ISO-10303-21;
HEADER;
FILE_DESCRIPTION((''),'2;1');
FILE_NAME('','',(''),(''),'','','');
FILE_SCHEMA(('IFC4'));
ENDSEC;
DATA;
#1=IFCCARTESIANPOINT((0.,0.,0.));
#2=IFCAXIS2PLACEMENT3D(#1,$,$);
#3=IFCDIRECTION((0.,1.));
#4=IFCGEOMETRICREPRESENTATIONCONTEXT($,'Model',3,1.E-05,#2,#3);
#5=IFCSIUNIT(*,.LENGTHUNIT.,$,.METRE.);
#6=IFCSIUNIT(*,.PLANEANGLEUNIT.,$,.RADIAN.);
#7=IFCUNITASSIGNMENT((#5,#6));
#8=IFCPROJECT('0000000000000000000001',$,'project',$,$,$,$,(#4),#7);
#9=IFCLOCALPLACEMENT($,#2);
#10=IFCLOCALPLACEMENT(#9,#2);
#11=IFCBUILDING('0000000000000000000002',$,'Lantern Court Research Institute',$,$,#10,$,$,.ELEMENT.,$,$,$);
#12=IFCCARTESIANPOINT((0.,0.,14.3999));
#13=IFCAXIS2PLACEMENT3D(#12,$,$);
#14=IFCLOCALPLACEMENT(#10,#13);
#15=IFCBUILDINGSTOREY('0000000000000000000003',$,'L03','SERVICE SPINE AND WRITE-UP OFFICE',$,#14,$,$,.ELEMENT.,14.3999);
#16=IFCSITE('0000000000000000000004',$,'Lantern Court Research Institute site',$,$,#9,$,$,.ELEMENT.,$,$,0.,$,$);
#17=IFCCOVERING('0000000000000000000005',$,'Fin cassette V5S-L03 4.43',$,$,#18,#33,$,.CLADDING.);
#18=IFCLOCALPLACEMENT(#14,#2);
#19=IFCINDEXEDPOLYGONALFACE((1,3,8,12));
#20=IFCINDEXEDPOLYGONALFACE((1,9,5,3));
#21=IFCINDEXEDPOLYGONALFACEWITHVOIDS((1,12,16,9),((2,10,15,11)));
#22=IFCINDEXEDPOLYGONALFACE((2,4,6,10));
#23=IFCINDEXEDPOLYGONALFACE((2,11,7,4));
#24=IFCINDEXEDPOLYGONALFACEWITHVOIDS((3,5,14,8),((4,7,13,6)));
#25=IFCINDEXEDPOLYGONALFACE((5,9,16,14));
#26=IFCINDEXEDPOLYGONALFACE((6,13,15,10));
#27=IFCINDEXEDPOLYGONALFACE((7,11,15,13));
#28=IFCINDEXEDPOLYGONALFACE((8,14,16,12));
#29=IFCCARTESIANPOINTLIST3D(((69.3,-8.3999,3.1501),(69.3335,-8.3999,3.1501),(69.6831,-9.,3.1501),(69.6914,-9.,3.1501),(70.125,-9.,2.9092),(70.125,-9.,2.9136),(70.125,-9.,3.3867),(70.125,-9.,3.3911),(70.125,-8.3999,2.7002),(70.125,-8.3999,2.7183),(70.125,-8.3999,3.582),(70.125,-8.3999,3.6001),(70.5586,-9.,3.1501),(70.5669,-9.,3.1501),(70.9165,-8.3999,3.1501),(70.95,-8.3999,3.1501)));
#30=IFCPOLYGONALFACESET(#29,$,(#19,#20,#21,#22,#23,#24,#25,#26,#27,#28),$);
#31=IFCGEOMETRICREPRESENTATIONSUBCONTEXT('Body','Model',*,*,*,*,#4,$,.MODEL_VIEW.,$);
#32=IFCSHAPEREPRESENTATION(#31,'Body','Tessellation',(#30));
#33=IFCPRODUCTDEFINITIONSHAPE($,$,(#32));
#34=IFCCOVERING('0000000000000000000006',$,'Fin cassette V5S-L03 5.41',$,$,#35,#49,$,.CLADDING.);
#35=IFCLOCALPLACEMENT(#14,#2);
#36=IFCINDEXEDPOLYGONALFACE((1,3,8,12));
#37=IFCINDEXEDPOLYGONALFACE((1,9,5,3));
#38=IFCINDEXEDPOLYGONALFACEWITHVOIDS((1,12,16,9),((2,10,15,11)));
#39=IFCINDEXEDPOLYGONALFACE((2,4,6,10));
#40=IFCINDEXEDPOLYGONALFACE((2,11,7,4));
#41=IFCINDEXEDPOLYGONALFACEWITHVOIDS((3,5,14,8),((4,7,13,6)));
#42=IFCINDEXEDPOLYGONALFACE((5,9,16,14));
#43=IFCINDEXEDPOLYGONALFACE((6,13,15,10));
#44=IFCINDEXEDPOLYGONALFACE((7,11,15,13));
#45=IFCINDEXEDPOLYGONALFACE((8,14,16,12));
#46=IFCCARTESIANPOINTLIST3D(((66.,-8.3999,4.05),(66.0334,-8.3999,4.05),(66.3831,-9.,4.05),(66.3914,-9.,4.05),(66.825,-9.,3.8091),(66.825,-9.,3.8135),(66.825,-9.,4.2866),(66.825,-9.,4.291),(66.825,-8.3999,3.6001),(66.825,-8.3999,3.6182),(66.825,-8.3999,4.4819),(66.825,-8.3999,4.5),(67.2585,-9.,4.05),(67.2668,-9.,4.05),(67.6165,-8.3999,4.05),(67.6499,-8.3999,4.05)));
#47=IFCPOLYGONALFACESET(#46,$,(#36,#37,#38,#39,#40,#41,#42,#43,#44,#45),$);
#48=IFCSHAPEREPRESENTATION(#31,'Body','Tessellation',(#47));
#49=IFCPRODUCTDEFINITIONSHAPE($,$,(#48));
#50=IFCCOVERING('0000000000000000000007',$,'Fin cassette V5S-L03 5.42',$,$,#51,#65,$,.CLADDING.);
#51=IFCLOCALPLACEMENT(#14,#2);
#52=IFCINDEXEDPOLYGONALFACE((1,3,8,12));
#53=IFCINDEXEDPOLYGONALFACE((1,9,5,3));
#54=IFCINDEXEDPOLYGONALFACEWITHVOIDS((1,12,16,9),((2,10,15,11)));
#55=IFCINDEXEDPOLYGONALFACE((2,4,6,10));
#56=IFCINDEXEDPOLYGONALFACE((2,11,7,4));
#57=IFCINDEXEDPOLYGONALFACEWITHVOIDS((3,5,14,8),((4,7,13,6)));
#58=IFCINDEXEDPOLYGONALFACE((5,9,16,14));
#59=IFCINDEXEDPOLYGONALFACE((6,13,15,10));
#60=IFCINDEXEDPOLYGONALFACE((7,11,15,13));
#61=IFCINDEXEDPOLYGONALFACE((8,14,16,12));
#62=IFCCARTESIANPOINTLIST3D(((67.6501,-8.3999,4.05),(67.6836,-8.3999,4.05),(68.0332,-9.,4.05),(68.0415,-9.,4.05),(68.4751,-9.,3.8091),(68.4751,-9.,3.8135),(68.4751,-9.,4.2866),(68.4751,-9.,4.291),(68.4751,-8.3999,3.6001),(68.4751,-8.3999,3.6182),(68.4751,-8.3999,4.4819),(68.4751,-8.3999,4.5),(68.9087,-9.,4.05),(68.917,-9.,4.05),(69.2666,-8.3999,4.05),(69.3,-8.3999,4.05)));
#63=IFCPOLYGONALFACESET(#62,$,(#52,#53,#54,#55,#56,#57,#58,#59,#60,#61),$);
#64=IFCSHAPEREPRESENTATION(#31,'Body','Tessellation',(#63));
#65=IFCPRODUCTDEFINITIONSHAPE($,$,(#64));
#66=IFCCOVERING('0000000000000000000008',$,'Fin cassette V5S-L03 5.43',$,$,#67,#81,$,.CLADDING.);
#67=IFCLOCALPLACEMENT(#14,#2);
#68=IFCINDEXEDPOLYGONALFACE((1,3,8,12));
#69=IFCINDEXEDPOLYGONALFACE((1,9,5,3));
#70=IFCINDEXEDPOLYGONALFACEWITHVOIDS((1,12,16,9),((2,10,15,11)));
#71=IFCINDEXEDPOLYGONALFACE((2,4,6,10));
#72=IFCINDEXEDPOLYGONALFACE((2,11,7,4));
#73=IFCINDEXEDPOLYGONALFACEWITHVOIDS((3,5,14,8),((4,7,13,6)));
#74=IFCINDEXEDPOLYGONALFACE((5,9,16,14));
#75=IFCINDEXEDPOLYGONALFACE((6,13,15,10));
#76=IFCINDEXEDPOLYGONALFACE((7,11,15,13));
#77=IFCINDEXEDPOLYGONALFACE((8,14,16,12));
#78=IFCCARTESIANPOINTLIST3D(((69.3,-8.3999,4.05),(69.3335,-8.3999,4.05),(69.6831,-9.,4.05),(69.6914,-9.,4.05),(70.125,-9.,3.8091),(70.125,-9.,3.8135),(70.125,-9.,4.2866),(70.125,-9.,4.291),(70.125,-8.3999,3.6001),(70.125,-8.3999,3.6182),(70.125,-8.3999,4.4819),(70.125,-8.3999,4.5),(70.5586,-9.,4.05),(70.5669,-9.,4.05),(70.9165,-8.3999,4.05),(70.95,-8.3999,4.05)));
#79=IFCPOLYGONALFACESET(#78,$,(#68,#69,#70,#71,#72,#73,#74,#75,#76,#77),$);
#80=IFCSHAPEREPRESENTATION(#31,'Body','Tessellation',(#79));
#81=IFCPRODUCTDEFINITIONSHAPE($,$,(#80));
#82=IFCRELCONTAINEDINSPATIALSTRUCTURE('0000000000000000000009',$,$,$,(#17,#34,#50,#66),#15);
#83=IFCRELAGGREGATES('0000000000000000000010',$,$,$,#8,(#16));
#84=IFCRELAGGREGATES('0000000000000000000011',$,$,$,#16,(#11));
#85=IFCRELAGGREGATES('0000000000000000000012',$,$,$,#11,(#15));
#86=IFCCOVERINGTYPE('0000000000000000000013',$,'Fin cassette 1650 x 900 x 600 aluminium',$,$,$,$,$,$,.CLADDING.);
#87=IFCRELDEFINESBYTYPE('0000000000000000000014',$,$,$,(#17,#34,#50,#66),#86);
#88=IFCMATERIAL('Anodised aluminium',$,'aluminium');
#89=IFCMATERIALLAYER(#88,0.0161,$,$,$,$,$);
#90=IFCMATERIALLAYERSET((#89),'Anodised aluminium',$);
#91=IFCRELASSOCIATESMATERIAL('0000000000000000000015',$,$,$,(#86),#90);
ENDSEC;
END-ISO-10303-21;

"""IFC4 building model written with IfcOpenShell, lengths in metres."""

from ifc_helpers import new_model, entity, si_unit, direction, frame, origin, place, context, subcontext, project, spatial, material, layer, layer_set, type_object, element, save


model = new_model("IFC4")

# Units and contexts
model_context = context("Model", 3, precision=1e-05, world=origin(), true_north=direction((0.0, 1.0)))
body_context = subcontext(model_context, "Body", "Model", "MODEL_VIEW")
ifc_project = project(units=[si_unit("LENGTHUNIT", "METRE"), si_unit("PLANEANGLEUNIT", "RADIAN")], contexts=[model_context])

# Site, building, storey
site_placement = place(None, origin())
site = spatial("IfcSite", under=ifc_project, at=site_placement, Name="Lantern Court Research Institute site", CompositionType="ELEMENT", RefElevation=0.0)
building_placement = place(site_placement, origin())
building = spatial("IfcBuilding", under=site, at=building_placement, Name="Lantern Court Research Institute", CompositionType="ELEMENT")
storey_placement = place(building_placement, frame((0.0, 0.0, 14.3999)))
storey = spatial("IfcBuildingStorey", under=building, at=storey_placement, Name="L03", Description="SERVICE SPINE AND WRITE-UP OFFICE", CompositionType="ELEMENT", Elevation=14.3999)

# Coverings
ifc_material_1 = material(Name="Anodised aluminium", Category="aluminium")
ifc_layer_1 = layer(ifc_material_1, 0.0161)
ifc_layer_set_1 = layer_set([ifc_layer_1], Name="Anodised aluminium")
covering_type = type_object("IfcCoveringType", Name="Fin cassette 1650 x 900 x 600 aluminium", PredefinedType="CLADDING", material=ifc_layer_set_1)
covering_1_placement = place(storey_placement, frame((70.125, -8.3999, 3.1501), z_axis=(0.0, -1.0, 0.0), x_axis=(1.0, 0.0, 0.0)))
cartesian_point_1 = entity("IfcCartesianPoint", [0.825, 0.0])
cartesian_point_2 = entity("IfcCartesianPoint", [0.7915, 0.0])
cartesian_point_3 = entity("IfcCartesianPoint", [0.4419, 0.0])
cartesian_point_4 = entity("IfcCartesianPoint", [0.4336, 0.0])
element("IfcCovering", 1, at=covering_1_placement, inside=storey, type_object=covering_type, Name="Fin cassette V5S-L03 4.43", PredefinedType="CLADDING", context=body_context, shape_type="SweptSolid", body=[
    entity("IfcExtrudedAreaSolidTapered", entity("IfcArbitraryProfileDefWithVoids", "AREA", None, entity("IfcPolyline", [cartesian_point_1, entity("IfcCartesianPoint", [0.0, 0.45]), entity("IfcCartesianPoint", [-0.825, 0.0]), entity("IfcCartesianPoint", [0.0, -0.45]), cartesian_point_1]), [entity("IfcPolyline", [cartesian_point_2, entity("IfcCartesianPoint", [0.0, 0.4319]), entity("IfcCartesianPoint", [-0.7915, 0.0]), entity("IfcCartesianPoint", [0.0, -0.4319]), cartesian_point_2])]), entity("IfcAxis2Placement3D", entity("IfcCartesianPoint", [0.0, 0.0, 0.0])), entity("IfcDirection", [0.0, 0.0, 1.0]), 0.6001, entity("IfcArbitraryProfileDefWithVoids", "AREA", None, entity("IfcPolyline", [cartesian_point_3, entity("IfcCartesianPoint", [0.0, 0.241]), entity("IfcCartesianPoint", [-0.4419, 0.0]), entity("IfcCartesianPoint", [0.0, -0.241]), cartesian_point_3]), [entity("IfcPolyline", [cartesian_point_4, entity("IfcCartesianPoint", [0.0, 0.2366]), entity("IfcCartesianPoint", [-0.4336, 0.0]), entity("IfcCartesianPoint", [0.0, -0.2366]), cartesian_point_4])])),
])
covering_2_placement = place(storey_placement, frame((66.825, -8.3999, 4.05), z_axis=(0.0, -1.0, 0.0), x_axis=(1.0, 0.0, 0.0)))
cartesian_point_5 = entity("IfcCartesianPoint", [0.825, 0.0])
cartesian_point_6 = entity("IfcCartesianPoint", [0.7915, 0.0])
cartesian_point_7 = entity("IfcCartesianPoint", [0.4419, 0.0])
cartesian_point_8 = entity("IfcCartesianPoint", [0.4336, 0.0])
element("IfcCovering", 2, at=covering_2_placement, inside=storey, type_object=covering_type, Name="Fin cassette V5S-L03 5.41", PredefinedType="CLADDING", context=body_context, shape_type="SweptSolid", body=[
    entity("IfcExtrudedAreaSolidTapered", entity("IfcArbitraryProfileDefWithVoids", "AREA", None, entity("IfcPolyline", [cartesian_point_5, entity("IfcCartesianPoint", [0.0, 0.45]), entity("IfcCartesianPoint", [-0.825, 0.0]), entity("IfcCartesianPoint", [0.0, -0.45]), cartesian_point_5]), [entity("IfcPolyline", [cartesian_point_6, entity("IfcCartesianPoint", [0.0, 0.4319]), entity("IfcCartesianPoint", [-0.7915, 0.0]), entity("IfcCartesianPoint", [0.0, -0.4319]), cartesian_point_6])]), entity("IfcAxis2Placement3D", entity("IfcCartesianPoint", [0.0, 0.0, 0.0])), entity("IfcDirection", [0.0, 0.0, 1.0]), 0.6001, entity("IfcArbitraryProfileDefWithVoids", "AREA", None, entity("IfcPolyline", [cartesian_point_7, entity("IfcCartesianPoint", [0.0, 0.241]), entity("IfcCartesianPoint", [-0.4419, 0.0]), entity("IfcCartesianPoint", [0.0, -0.241]), cartesian_point_7]), [entity("IfcPolyline", [cartesian_point_8, entity("IfcCartesianPoint", [0.0, 0.2366]), entity("IfcCartesianPoint", [-0.4336, 0.0]), entity("IfcCartesianPoint", [0.0, -0.2366]), cartesian_point_8])])),
])
covering_3_placement = place(storey_placement, frame((68.4751, -8.3999, 4.05), z_axis=(0.0, -1.0, 0.0), x_axis=(1.0, 0.0, 0.0)))
cartesian_point_9 = entity("IfcCartesianPoint", [0.825, 0.0])
cartesian_point_10 = entity("IfcCartesianPoint", [0.7915, 0.0])
cartesian_point_11 = entity("IfcCartesianPoint", [0.4419, 0.0])
cartesian_point_12 = entity("IfcCartesianPoint", [0.4336, 0.0])
element("IfcCovering", 3, at=covering_3_placement, inside=storey, type_object=covering_type, Name="Fin cassette V5S-L03 5.42", PredefinedType="CLADDING", context=body_context, shape_type="SweptSolid", body=[
    entity("IfcExtrudedAreaSolidTapered", entity("IfcArbitraryProfileDefWithVoids", "AREA", None, entity("IfcPolyline", [cartesian_point_9, entity("IfcCartesianPoint", [0.0, 0.45]), entity("IfcCartesianPoint", [-0.825, 0.0]), entity("IfcCartesianPoint", [0.0, -0.45]), cartesian_point_9]), [entity("IfcPolyline", [cartesian_point_10, entity("IfcCartesianPoint", [0.0, 0.4319]), entity("IfcCartesianPoint", [-0.7915, 0.0]), entity("IfcCartesianPoint", [0.0, -0.4319]), cartesian_point_10])]), entity("IfcAxis2Placement3D", entity("IfcCartesianPoint", [0.0, 0.0, 0.0])), entity("IfcDirection", [0.0, 0.0, 1.0]), 0.6001, entity("IfcArbitraryProfileDefWithVoids", "AREA", None, entity("IfcPolyline", [cartesian_point_11, entity("IfcCartesianPoint", [0.0, 0.241]), entity("IfcCartesianPoint", [-0.4419, 0.0]), entity("IfcCartesianPoint", [0.0, -0.241]), cartesian_point_11]), [entity("IfcPolyline", [cartesian_point_12, entity("IfcCartesianPoint", [0.0, 0.2366]), entity("IfcCartesianPoint", [-0.4336, 0.0]), entity("IfcCartesianPoint", [0.0, -0.2366]), cartesian_point_12])])),
])
covering_4_placement = place(storey_placement, frame((70.125, -8.3999, 4.05), z_axis=(0.0, -1.0, 0.0), x_axis=(1.0, 0.0, 0.0)))
cartesian_point_13 = entity("IfcCartesianPoint", [0.825, 0.0])
cartesian_point_14 = entity("IfcCartesianPoint", [0.7915, 0.0])
cartesian_point_15 = entity("IfcCartesianPoint", [0.4419, 0.0])
cartesian_point_16 = entity("IfcCartesianPoint", [0.4336, 0.0])
element("IfcCovering", 4, at=covering_4_placement, inside=storey, type_object=covering_type, Name="Fin cassette V5S-L03 5.43", PredefinedType="CLADDING", context=body_context, shape_type="SweptSolid", body=[
    entity("IfcExtrudedAreaSolidTapered", entity("IfcArbitraryProfileDefWithVoids", "AREA", None, entity("IfcPolyline", [cartesian_point_13, entity("IfcCartesianPoint", [0.0, 0.45]), entity("IfcCartesianPoint", [-0.825, 0.0]), entity("IfcCartesianPoint", [0.0, -0.45]), cartesian_point_13]), [entity("IfcPolyline", [cartesian_point_14, entity("IfcCartesianPoint", [0.0, 0.4319]), entity("IfcCartesianPoint", [-0.7915, 0.0]), entity("IfcCartesianPoint", [0.0, -0.4319]), cartesian_point_14])]), entity("IfcAxis2Placement3D", entity("IfcCartesianPoint", [0.0, 0.0, 0.0])), entity("IfcDirection", [0.0, 0.0, 1.0]), 0.6001, entity("IfcArbitraryProfileDefWithVoids", "AREA", None, entity("IfcPolyline", [cartesian_point_15, entity("IfcCartesianPoint", [0.0, 0.241]), entity("IfcCartesianPoint", [-0.4419, 0.0]), entity("IfcCartesianPoint", [0.0, -0.241]), cartesian_point_15]), [entity("IfcPolyline", [cartesian_point_16, entity("IfcCartesianPoint", [0.0, 0.2366]), entity("IfcCartesianPoint", [-0.4336, 0.0]), entity("IfcCartesianPoint", [0.0, -0.2366]), cartesian_point_16])])),
])

save(model, "model.ifc")
